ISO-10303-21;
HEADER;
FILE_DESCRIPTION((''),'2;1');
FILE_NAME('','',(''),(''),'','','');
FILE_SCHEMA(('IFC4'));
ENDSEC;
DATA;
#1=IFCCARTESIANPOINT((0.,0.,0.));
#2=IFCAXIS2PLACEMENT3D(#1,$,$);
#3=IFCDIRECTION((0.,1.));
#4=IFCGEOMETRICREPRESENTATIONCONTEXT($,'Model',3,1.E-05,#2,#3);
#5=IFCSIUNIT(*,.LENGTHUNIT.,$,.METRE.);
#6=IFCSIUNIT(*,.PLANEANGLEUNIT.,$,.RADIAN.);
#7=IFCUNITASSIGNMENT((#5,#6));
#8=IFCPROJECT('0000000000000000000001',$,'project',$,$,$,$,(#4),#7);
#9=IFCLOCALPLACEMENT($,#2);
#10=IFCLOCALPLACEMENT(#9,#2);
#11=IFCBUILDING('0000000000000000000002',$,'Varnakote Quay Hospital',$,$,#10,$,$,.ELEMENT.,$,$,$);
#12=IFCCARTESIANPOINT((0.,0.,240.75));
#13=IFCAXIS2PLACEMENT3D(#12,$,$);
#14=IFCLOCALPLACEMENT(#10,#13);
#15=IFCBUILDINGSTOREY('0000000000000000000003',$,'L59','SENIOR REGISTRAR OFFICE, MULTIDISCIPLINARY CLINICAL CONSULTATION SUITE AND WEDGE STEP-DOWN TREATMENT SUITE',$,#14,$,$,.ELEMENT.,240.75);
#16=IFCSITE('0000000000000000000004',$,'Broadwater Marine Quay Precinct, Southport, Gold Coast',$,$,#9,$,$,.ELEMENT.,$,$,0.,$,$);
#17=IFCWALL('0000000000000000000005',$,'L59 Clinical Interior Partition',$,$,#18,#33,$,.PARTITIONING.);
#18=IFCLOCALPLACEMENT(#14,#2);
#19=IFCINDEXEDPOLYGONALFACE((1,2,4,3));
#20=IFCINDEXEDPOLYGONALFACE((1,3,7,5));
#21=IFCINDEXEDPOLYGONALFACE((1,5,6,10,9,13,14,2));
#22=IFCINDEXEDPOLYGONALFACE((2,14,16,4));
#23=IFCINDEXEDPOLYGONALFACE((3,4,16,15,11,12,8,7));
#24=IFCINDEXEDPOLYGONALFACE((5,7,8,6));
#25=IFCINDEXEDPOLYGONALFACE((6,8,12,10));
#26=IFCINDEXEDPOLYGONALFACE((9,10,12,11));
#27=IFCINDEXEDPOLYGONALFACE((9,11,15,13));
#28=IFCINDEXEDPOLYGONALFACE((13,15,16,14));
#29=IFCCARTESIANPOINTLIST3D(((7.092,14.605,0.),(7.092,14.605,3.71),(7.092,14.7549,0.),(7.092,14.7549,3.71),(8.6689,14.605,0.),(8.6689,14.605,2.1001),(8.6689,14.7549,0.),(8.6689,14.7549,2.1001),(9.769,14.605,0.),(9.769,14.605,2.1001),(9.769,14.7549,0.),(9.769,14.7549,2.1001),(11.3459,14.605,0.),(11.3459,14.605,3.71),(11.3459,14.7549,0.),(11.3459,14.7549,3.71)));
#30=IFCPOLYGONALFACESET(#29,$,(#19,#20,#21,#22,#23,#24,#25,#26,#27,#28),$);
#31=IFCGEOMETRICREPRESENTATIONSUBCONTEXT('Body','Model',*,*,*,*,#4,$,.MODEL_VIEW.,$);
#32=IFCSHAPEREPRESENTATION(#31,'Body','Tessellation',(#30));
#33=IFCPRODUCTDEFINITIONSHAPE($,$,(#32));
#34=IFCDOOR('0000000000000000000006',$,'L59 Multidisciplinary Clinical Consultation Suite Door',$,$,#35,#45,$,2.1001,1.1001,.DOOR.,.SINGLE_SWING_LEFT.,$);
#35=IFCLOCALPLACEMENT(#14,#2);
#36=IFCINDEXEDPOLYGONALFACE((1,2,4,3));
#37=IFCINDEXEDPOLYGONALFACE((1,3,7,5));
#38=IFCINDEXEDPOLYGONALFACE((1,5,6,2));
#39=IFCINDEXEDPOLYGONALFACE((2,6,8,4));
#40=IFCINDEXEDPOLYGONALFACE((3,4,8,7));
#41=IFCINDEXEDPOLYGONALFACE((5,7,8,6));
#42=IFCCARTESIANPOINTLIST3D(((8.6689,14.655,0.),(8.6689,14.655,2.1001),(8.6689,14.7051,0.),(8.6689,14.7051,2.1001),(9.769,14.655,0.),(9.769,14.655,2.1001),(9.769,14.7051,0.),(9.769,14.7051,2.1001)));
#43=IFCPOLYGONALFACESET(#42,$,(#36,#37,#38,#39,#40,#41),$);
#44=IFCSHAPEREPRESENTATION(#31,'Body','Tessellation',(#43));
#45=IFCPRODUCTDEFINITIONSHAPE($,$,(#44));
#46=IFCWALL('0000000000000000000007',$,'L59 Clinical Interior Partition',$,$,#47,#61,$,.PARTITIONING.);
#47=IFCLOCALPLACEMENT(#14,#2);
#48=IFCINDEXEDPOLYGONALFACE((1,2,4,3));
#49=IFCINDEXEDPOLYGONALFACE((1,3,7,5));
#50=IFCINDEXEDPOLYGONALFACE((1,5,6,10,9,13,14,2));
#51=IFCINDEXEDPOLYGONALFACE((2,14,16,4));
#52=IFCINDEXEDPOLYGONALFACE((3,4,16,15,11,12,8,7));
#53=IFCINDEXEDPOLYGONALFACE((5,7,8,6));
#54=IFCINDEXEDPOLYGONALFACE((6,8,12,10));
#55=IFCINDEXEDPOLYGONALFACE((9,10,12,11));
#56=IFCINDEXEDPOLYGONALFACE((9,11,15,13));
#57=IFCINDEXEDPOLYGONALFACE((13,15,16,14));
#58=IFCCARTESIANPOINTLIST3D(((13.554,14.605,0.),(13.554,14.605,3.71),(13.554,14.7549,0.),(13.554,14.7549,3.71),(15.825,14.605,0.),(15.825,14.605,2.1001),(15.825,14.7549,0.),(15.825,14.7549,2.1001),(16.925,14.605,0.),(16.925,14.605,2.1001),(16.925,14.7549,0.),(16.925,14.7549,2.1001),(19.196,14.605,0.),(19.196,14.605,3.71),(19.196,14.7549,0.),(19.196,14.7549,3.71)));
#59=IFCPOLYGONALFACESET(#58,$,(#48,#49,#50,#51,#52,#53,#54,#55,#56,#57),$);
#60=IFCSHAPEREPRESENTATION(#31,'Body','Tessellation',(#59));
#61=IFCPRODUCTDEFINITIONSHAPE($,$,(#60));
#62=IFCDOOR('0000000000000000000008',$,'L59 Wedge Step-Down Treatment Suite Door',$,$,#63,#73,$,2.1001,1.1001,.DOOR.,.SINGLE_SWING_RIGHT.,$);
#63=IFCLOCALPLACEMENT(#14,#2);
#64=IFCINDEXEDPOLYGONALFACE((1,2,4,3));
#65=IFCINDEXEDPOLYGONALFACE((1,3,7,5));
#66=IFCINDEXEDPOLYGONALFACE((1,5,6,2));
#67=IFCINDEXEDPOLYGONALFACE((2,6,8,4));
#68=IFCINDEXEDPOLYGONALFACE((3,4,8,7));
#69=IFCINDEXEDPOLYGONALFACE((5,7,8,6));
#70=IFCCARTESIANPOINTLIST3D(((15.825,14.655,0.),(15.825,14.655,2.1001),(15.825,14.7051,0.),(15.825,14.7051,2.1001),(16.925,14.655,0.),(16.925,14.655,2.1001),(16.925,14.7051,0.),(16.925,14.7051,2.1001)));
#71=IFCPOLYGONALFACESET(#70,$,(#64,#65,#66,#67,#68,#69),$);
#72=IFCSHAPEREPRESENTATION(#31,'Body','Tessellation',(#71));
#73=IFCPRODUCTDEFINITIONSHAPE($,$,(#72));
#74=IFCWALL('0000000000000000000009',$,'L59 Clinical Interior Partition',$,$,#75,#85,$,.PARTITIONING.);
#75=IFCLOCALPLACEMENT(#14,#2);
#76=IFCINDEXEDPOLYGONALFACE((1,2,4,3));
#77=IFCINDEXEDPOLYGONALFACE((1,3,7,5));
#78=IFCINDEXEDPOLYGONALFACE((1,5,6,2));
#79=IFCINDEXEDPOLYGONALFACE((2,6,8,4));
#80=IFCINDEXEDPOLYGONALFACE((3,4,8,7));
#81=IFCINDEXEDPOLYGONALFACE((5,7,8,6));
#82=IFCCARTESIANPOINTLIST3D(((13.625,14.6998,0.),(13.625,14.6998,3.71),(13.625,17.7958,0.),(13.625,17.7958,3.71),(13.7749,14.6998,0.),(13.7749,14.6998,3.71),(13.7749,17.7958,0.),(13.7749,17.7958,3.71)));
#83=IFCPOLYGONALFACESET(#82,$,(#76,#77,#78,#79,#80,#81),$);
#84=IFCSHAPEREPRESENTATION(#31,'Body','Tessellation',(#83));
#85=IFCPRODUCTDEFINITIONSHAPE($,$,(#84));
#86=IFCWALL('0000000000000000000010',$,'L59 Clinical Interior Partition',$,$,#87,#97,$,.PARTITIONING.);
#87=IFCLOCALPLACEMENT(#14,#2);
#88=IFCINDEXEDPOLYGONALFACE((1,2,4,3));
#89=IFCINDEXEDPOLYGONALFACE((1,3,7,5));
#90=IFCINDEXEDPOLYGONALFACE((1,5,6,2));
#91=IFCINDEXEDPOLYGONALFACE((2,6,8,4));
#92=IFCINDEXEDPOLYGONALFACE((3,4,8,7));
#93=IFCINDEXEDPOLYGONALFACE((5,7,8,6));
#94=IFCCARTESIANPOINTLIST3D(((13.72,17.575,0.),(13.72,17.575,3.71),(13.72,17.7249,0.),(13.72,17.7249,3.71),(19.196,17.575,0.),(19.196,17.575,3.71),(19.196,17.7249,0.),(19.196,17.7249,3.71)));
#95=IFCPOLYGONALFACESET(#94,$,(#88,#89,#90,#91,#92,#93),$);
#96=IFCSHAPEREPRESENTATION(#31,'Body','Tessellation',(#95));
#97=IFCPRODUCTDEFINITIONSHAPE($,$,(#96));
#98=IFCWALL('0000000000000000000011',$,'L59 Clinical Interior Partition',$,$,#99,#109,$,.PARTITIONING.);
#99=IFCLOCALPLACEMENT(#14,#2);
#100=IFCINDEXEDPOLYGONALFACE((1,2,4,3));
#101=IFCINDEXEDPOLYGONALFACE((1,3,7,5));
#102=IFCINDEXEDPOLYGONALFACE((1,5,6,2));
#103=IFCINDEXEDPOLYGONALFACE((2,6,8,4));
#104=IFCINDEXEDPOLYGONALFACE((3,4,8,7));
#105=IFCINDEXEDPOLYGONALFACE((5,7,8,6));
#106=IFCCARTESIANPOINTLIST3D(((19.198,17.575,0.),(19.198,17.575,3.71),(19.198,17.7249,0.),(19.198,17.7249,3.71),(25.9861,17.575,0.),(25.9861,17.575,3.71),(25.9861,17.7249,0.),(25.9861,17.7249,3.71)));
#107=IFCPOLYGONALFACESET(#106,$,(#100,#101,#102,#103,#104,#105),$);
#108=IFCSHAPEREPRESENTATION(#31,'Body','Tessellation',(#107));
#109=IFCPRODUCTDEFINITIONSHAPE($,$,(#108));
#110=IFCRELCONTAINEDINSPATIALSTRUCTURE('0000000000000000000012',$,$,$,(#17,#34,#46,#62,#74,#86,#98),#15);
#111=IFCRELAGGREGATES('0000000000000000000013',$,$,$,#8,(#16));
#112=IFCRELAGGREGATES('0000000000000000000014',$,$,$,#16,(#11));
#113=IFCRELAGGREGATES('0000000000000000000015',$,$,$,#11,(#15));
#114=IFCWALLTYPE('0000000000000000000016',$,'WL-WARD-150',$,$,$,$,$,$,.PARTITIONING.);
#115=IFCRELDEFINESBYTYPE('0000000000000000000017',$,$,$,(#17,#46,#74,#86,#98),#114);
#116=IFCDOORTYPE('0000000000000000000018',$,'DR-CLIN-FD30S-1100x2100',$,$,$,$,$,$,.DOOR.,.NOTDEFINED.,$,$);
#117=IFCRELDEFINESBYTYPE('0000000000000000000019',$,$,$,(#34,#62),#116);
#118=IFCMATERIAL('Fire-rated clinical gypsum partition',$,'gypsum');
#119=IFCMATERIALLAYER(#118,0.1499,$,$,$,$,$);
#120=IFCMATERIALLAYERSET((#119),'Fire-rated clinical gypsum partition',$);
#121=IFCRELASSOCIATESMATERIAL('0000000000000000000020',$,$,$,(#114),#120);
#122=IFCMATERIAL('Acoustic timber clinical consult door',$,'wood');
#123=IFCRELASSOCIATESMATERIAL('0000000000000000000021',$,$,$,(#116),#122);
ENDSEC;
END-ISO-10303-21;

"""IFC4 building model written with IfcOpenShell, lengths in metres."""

from ifc_helpers import new_model, si_unit, direction, frame, frame_2d, origin, place, context, subcontext, project, spatial, rectangle, extrude, material, layer, layer_set, type_object, element, fill, save


model = new_model("IFC4")

# Units and contexts
model_context = context("Model", 3, precision=1e-05, world=origin(), true_north=direction((0.0, 1.0)))
body_context = subcontext(model_context, "Body", "Model", "MODEL_VIEW")
ifc_project = project(units=[si_unit("LENGTHUNIT", "METRE"), si_unit("PLANEANGLEUNIT", "RADIAN")], contexts=[model_context])

# Site, building, storey
site_placement = place(None, origin())
site = spatial("IfcSite", under=ifc_project, at=site_placement, Name="Broadwater Marine Quay Precinct, Southport, Gold Coast", CompositionType="ELEMENT", RefElevation=0.0)
building_placement = place(site_placement, origin())
building = spatial("IfcBuilding", under=site, at=building_placement, Name="Varnakote Quay Hospital", CompositionType="ELEMENT")
storey_placement = place(building_placement, frame((0.0, 0.0, 240.75)))
storey = spatial("IfcBuildingStorey", under=building, at=storey_placement, Name="L59", Description="SENIOR REGISTRAR OFFICE, MULTIDISCIPLINARY CLINICAL CONSULTATION SUITE AND WEDGE STEP-DOWN TREATMENT SUITE", CompositionType="ELEMENT", Elevation=240.75)

# Walls, openings, doors
ifc_material_1 = material(Name="Fire-rated clinical gypsum partition", Category="gypsum")
ifc_layer_1 = layer(ifc_material_1, 0.1499)
ifc_layer_set_1 = layer_set([ifc_layer_1], Name="Fire-rated clinical gypsum partition")
wall_type_1 = type_object("IfcWallType", Name="WL-WARD-150", PredefinedType="PARTITIONING", material=ifc_layer_set_1)
wall_1_placement = place(storey_placement, frame((11.3459, 14.6799, 0.0), z_axis=(0.0, 0.0, 1.0), x_axis=(-1.0, 0.0, 0.0)))
wall_1 = element("IfcWall", 1, at=wall_1_placement, inside=storey, type_object=wall_type_1, Name="L59 Clinical Interior Partition", PredefinedType="PARTITIONING", context=body_context, shape_type="SweptSolid", body=[
    extrude(rectangle(XDim=4.2539, YDim=0.1499, at=frame_2d((2.127, 0.0))), origin(), (0.0, 0.0, 1.0), 3.71),
])
opening_1_placement = place(wall_1_placement, frame((1.5769, 0.0, 0.0)))
opening_1 = element("IfcOpeningElement", 2, at=opening_1_placement, cuts=wall_1, PredefinedType="OPENING", context=body_context, shape_type="SweptSolid", body=[
    extrude(rectangle(XDim=1.1001, YDim=2.1001, at=frame_2d((0.55, 1.05))), frame((0.0, 0.085, 0.0), z_axis=(0.0, -1.0, 0.0), x_axis=(1.0, 0.0, 0.0)), (0.0, 0.0, 1.0), 0.1699),
])
ifc_material_2 = material(Name="Acoustic timber clinical consult door", Category="wood")
door_type_1 = type_object("IfcDoorType", Name="DR-CLIN-FD30S-1100x2100", OperationType="NOTDEFINED", PredefinedType="DOOR", material=ifc_material_2)
door_1_placement = place(opening_1_placement, origin())
door_1 = element("IfcDoor", 3, at=door_1_placement, inside=storey, type_object=door_type_1, Name="L59 Multidisciplinary Clinical Consultation Suite Door", OperationType="SINGLE_SWING_LEFT", OverallHeight=2.1001, OverallWidth=1.1001, PredefinedType="DOOR", context=body_context, shape_type="SweptSolid", body=[
    extrude(rectangle(XDim=1.1001, YDim=2.1001, at=frame_2d((0.55, 1.05))), frame((0.0, 0.0249, 0.0), z_axis=(0.0, -1.0, 0.0), x_axis=(1.0, 0.0, 0.0)), (0.0, 0.0, 1.0), 0.05),
])
fill(opening_1, door_1)
wall_2_placement = place(storey_placement, frame((19.196, 14.6799, 0.0), z_axis=(0.0, 0.0, 1.0), x_axis=(-1.0, 0.0, 0.0)))
wall_2 = element("IfcWall", 4, at=wall_2_placement, inside=storey, type_object=wall_type_1, Name="L59 Clinical Interior Partition", PredefinedType="PARTITIONING", context=body_context, shape_type="SweptSolid", body=[
    extrude(rectangle(XDim=5.6421, YDim=0.1499, at=frame_2d((2.821, 0.0))), origin(), (0.0, 0.0, 1.0), 3.71),
])
opening_2_placement = place(wall_2_placement, frame((2.271, 0.0, 0.0)))
opening_2 = element("IfcOpeningElement", 5, at=opening_2_placement, cuts=wall_2, PredefinedType="OPENING", context=body_context, shape_type="SweptSolid", body=[
    extrude(rectangle(XDim=1.1001, YDim=2.1001, at=frame_2d((0.55, 1.05))), frame((0.0, 0.085, 0.0), z_axis=(0.0, -1.0, 0.0), x_axis=(1.0, 0.0, 0.0)), (0.0, 0.0, 1.0), 0.1699),
])
door_2_placement = place(opening_2_placement, origin())
door_2 = element("IfcDoor", 6, at=door_2_placement, inside=storey, type_object=door_type_1, Name="L59 Wedge Step-Down Treatment Suite Door", OperationType="SINGLE_SWING_RIGHT", OverallHeight=2.1001, OverallWidth=1.1001, PredefinedType="DOOR", context=body_context, shape_type="SweptSolid", body=[
    extrude(rectangle(XDim=1.1001, YDim=2.1001, at=frame_2d((0.55, 1.05))), frame((0.0, 0.0249, 0.0), z_axis=(0.0, -1.0, 0.0), x_axis=(1.0, 0.0, 0.0)), (0.0, 0.0, 1.0), 0.05),
])
fill(opening_2, door_2)

# Walls
wall_3_placement = place(storey_placement, frame((13.7, 14.7, 0.0), z_axis=(0.0, 0.0, 1.0), x_axis=(0.0, 1.0, 0.0)))
element("IfcWall", 7, at=wall_3_placement, inside=storey, type_object=wall_type_1, Name="L59 Clinical Interior Partition", PredefinedType="PARTITIONING", context=body_context, shape_type="SweptSolid", body=[
    extrude(rectangle(XDim=3.0959, YDim=0.1499, at=frame_2d((1.5479, 0.0))), origin(), (0.0, 0.0, 1.0), 3.71),
])
wall_4_placement = place(storey_placement, frame((13.72, 17.6499, 0.0), z_axis=(0.0, 0.0, 1.0), x_axis=(1.0, 0.0, 0.0)))
element("IfcWall", 8, at=wall_4_placement, inside=storey, type_object=wall_type_1, Name="L59 Clinical Interior Partition", PredefinedType="PARTITIONING", context=body_context, shape_type="SweptSolid", body=[
    extrude(rectangle(XDim=5.4761, YDim=0.1499, at=frame_2d((2.738, 0.0))), origin(), (0.0, 0.0, 1.0), 3.71),
])
wall_5_placement = place(storey_placement, frame((19.198, 17.6499, 0.0), z_axis=(0.0, 0.0, 1.0), x_axis=(1.0, 0.0, 0.0)))
element("IfcWall", 9, at=wall_5_placement, inside=storey, type_object=wall_type_1, Name="L59 Clinical Interior Partition", PredefinedType="PARTITIONING", context=body_context, shape_type="SweptSolid", body=[
    extrude(rectangle(XDim=6.7881, YDim=0.1499, at=frame_2d((3.394, 0.0))), origin(), (0.0, 0.0, 1.0), 3.71),
])

save(model, "model.ifc")
